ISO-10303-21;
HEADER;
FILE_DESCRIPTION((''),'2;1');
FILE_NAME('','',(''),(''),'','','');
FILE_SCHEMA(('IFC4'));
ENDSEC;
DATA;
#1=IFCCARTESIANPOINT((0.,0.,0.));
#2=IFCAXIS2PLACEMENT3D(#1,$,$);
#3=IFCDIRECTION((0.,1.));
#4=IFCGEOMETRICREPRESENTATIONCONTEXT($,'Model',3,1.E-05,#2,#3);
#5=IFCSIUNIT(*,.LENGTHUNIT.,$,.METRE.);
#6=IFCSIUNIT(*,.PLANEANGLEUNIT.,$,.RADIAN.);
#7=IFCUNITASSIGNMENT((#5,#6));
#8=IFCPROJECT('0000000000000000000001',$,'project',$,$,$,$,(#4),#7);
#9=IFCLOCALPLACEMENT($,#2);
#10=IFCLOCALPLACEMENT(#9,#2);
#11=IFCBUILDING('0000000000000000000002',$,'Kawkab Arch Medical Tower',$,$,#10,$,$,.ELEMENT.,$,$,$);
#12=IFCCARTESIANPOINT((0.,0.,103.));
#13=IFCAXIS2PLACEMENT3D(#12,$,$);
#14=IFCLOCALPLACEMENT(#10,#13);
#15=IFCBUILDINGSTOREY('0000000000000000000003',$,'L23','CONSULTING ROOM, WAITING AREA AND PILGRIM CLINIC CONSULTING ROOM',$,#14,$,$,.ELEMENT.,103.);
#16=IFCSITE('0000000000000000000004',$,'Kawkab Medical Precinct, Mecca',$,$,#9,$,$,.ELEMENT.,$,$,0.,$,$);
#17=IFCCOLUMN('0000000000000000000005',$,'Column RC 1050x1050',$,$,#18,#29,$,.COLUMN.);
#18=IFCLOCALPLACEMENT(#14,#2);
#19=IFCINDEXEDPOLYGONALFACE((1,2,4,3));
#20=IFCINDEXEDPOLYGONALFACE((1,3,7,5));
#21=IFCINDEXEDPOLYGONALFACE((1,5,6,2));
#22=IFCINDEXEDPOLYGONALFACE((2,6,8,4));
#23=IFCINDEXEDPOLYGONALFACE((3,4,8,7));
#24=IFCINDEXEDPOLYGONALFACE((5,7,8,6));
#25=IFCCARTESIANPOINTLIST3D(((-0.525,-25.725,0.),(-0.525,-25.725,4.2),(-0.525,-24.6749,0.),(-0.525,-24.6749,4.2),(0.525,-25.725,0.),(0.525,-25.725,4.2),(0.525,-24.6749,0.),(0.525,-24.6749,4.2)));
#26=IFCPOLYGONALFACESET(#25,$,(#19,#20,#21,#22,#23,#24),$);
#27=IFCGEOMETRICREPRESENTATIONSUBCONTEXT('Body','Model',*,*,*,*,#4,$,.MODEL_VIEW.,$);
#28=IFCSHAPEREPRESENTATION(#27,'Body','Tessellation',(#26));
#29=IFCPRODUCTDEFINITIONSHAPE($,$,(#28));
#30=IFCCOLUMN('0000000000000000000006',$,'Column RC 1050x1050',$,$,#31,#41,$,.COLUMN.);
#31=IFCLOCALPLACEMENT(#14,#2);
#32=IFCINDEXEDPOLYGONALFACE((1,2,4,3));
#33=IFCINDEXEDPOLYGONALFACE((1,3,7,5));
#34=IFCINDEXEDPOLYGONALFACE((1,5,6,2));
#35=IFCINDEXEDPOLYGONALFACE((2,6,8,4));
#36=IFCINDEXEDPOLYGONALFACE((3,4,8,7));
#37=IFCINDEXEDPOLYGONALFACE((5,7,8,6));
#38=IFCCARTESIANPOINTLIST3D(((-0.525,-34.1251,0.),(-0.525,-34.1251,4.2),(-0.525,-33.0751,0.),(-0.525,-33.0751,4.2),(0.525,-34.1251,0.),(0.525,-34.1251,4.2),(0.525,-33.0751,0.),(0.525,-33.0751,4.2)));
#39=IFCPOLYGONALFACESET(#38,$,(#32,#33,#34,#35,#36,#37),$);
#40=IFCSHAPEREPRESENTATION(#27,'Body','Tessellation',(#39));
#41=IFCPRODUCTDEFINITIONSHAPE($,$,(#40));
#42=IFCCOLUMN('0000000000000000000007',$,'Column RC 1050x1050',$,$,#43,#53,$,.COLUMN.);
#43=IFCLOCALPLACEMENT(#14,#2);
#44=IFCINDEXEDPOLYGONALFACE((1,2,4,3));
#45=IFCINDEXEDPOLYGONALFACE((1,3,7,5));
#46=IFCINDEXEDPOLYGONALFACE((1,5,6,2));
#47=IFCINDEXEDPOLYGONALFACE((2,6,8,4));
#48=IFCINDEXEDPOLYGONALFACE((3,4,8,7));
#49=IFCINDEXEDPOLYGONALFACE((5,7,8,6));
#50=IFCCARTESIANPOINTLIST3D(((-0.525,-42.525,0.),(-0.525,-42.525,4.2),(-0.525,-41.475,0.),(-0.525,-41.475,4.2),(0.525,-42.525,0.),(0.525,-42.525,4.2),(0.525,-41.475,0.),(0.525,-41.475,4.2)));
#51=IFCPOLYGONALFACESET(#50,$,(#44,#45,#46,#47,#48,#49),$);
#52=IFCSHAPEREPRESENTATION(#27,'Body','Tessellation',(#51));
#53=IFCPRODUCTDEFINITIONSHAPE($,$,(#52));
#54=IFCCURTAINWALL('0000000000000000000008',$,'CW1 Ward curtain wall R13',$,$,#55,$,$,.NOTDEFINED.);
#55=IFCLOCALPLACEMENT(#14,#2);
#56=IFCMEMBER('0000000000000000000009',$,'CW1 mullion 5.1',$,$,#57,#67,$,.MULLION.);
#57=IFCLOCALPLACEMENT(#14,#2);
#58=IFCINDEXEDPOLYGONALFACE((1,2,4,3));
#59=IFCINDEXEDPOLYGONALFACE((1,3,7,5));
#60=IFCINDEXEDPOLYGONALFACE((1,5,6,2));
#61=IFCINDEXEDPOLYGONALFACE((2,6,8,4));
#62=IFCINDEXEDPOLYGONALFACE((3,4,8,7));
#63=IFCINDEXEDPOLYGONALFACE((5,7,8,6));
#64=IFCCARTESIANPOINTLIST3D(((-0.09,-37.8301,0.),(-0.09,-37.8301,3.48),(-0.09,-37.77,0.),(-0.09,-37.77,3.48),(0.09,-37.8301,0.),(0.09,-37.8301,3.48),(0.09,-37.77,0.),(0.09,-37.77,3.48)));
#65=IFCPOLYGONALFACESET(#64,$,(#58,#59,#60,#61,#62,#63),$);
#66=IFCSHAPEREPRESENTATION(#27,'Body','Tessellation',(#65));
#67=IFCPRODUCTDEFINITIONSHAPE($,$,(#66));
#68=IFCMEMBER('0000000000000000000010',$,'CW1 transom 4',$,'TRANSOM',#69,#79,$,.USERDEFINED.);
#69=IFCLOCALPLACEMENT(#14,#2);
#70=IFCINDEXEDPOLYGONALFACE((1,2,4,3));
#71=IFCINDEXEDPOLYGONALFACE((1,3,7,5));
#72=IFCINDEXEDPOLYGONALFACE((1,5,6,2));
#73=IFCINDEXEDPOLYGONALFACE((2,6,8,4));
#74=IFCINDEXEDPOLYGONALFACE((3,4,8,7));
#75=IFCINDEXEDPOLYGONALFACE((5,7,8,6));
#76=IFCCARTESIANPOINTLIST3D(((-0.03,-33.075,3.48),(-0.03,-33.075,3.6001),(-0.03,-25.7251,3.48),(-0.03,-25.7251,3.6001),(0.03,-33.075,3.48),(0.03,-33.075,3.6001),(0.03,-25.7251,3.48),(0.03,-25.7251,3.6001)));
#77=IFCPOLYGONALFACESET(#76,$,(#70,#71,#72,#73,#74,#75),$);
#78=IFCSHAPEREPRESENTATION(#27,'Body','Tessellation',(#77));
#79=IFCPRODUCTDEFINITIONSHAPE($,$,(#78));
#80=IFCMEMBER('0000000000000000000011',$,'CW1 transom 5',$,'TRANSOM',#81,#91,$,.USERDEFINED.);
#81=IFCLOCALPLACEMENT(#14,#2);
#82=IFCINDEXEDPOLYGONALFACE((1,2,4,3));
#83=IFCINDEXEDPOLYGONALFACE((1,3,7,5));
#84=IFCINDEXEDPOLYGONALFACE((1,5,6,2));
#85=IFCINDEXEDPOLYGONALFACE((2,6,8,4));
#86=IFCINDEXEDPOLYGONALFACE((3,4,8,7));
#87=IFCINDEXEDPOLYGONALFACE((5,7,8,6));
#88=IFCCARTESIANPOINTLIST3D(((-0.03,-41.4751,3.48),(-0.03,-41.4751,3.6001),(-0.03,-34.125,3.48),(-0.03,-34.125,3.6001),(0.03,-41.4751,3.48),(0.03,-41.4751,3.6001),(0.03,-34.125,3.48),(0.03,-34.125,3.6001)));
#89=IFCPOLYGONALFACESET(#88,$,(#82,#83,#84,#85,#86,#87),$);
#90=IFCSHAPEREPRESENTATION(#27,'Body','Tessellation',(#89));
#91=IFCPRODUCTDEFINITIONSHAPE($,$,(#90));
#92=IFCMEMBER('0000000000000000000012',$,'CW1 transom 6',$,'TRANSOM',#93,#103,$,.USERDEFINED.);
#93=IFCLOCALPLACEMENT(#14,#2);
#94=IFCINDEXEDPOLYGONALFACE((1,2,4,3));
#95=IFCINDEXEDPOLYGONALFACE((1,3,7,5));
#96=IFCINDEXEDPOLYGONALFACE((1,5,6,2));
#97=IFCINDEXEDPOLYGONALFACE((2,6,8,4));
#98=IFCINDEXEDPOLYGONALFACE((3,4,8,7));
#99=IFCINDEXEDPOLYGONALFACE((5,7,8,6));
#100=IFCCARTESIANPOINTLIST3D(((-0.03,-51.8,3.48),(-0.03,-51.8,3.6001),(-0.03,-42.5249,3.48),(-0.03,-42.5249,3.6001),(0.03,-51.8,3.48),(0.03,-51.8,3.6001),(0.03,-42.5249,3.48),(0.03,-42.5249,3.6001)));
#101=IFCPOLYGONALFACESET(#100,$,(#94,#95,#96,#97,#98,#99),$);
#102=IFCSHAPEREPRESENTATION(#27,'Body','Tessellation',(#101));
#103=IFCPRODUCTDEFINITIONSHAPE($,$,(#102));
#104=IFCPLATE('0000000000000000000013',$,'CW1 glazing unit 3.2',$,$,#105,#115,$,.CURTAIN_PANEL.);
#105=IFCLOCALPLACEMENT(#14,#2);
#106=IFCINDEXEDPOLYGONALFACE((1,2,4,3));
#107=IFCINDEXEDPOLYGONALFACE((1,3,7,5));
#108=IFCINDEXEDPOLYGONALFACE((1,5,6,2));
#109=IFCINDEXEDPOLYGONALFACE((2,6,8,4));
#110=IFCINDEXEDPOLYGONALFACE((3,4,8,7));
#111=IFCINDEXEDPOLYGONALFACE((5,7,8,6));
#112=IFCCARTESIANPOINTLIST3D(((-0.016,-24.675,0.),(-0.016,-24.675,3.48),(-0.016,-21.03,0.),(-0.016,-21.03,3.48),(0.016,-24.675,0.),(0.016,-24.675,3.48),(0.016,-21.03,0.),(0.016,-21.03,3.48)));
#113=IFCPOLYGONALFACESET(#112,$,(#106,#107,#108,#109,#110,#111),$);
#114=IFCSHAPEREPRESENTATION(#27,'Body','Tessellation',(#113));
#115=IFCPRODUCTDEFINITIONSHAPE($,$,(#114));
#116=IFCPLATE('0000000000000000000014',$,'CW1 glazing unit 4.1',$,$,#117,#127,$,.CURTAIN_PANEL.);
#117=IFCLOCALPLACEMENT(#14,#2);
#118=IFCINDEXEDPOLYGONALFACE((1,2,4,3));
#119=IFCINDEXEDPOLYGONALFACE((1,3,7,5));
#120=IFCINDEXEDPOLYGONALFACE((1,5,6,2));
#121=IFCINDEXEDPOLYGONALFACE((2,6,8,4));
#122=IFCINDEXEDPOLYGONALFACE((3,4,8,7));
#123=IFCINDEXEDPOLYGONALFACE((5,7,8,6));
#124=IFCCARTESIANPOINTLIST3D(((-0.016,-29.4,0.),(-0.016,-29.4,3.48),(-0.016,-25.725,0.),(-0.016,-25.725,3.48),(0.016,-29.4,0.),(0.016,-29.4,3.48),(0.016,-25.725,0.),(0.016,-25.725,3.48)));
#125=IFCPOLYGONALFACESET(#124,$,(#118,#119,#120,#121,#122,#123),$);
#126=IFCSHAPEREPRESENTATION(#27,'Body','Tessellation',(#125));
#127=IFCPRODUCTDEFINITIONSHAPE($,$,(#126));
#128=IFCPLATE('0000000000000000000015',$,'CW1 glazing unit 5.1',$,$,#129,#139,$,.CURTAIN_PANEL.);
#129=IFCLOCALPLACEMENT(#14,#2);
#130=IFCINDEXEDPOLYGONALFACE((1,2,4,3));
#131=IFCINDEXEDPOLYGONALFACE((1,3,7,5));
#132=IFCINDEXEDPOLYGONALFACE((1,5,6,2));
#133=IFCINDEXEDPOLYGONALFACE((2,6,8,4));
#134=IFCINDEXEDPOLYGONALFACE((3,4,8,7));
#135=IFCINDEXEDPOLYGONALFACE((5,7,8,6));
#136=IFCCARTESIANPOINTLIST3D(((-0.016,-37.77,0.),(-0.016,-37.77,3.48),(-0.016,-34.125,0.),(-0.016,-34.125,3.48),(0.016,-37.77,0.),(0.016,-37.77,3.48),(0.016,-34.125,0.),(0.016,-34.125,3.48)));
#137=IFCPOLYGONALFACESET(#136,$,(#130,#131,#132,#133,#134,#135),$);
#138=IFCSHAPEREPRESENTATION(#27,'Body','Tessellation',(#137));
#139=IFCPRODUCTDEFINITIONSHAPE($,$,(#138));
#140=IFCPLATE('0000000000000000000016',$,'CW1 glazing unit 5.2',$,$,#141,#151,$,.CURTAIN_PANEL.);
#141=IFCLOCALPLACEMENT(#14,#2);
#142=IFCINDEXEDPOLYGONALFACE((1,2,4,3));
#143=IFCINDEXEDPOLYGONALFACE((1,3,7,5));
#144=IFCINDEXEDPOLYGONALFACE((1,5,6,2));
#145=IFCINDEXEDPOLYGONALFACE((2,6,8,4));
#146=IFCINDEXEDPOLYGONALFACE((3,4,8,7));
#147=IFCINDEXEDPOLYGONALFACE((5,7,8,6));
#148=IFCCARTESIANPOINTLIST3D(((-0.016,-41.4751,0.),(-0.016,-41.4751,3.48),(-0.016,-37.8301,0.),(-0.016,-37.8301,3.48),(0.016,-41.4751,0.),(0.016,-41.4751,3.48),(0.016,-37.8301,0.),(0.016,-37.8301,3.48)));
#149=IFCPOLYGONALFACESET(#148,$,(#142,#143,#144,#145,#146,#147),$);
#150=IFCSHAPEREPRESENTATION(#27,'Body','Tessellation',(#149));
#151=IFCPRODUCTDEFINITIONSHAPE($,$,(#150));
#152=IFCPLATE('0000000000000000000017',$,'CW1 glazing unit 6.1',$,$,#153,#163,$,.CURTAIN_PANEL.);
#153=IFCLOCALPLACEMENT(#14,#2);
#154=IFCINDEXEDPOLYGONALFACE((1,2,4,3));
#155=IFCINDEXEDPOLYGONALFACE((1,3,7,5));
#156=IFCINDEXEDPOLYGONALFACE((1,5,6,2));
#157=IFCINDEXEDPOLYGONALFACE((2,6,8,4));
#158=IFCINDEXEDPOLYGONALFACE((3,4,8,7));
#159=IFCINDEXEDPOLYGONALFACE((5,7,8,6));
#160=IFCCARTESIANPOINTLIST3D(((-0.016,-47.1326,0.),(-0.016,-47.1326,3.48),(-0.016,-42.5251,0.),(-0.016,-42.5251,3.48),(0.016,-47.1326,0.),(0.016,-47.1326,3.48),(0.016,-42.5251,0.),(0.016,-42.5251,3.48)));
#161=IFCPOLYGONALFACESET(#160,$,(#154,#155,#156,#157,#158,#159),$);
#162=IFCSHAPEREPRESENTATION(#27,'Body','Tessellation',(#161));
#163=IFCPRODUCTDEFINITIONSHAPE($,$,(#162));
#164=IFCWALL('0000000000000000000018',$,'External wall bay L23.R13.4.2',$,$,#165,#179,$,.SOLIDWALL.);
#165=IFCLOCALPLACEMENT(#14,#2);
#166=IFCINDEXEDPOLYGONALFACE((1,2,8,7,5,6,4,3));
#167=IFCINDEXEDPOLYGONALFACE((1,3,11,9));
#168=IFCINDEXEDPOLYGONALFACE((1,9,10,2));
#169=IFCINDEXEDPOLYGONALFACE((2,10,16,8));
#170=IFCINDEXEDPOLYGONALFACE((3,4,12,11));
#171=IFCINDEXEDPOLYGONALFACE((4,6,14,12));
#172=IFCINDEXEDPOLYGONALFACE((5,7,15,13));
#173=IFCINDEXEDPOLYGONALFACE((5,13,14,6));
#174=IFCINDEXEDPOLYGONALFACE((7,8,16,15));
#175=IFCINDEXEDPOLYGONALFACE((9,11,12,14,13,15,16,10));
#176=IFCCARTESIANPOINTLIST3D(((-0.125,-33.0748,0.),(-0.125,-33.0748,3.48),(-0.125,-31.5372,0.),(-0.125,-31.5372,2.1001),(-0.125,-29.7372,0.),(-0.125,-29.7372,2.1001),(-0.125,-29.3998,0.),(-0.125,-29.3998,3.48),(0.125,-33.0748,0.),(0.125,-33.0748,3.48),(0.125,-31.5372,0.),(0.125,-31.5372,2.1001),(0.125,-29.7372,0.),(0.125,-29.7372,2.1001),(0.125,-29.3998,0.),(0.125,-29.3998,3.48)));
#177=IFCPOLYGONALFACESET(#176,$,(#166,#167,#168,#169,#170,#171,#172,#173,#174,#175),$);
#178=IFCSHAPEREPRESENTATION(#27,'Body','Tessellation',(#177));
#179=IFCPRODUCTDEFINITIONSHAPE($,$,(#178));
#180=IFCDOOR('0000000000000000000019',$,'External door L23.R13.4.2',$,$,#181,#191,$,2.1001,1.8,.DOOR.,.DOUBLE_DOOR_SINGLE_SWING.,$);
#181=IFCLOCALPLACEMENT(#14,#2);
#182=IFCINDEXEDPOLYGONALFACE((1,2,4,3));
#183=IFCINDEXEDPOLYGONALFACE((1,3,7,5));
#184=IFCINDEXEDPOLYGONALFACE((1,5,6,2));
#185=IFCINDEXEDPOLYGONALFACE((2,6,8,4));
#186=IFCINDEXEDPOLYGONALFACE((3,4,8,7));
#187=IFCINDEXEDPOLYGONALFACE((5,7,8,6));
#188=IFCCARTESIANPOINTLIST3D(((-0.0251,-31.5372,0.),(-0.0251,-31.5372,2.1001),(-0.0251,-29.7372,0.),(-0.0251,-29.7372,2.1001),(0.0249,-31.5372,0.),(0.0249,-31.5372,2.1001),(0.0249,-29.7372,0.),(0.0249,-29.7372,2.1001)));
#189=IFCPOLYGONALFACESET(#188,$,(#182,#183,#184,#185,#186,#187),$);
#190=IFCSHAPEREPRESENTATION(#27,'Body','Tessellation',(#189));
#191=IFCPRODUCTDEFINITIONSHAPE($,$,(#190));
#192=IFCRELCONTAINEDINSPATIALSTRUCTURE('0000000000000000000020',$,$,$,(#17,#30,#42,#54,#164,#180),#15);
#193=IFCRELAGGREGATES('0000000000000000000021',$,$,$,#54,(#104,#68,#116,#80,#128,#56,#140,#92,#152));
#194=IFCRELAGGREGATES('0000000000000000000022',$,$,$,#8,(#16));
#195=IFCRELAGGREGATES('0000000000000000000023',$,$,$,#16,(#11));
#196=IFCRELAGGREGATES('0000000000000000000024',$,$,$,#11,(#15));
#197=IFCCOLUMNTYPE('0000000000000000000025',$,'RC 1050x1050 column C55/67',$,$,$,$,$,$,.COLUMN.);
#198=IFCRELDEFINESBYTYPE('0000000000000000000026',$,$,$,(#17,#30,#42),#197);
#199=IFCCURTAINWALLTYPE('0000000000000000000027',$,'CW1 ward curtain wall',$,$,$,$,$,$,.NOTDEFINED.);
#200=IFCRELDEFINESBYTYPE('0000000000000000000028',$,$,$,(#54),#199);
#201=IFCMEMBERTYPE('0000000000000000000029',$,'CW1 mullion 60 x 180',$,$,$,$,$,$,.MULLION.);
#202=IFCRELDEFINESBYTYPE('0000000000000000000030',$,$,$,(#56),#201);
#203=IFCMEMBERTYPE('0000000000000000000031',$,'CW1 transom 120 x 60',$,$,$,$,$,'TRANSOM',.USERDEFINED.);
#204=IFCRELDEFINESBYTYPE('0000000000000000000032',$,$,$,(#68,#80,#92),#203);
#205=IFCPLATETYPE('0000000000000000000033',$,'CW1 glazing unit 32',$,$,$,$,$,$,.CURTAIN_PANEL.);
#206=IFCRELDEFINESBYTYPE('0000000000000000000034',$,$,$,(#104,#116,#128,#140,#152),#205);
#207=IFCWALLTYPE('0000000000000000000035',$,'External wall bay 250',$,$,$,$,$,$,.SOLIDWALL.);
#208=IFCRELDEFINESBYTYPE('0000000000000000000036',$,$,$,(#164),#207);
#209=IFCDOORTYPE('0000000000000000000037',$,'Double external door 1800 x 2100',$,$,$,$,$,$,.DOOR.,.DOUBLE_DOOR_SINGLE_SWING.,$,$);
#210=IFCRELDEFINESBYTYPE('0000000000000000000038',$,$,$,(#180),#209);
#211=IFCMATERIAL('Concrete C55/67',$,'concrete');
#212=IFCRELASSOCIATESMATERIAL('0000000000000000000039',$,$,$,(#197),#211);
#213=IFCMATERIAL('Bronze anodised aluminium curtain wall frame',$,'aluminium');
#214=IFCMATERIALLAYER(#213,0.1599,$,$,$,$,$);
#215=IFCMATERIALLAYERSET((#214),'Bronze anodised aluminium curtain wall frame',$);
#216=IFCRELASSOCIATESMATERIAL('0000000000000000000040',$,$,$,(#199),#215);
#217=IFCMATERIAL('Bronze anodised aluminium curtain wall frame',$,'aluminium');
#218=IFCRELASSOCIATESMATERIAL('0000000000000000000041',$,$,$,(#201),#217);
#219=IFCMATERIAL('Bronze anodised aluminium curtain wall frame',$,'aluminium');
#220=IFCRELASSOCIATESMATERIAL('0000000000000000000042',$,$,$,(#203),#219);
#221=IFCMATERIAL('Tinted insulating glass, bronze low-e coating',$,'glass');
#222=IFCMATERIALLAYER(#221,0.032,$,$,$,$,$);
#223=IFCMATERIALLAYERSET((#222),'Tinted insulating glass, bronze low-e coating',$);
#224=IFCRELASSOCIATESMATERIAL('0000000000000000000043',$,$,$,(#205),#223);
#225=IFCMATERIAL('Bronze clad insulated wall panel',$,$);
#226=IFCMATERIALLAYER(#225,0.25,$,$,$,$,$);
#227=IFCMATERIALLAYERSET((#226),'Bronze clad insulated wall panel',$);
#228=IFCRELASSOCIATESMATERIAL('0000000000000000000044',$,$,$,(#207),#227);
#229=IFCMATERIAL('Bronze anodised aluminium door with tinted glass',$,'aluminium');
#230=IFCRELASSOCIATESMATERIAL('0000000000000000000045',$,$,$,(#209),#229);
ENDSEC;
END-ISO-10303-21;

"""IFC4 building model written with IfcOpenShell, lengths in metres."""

from ifc_helpers import new_model, si_unit, direction, frame, frame_2d, origin, origin_2d, place, context, subcontext, project, spatial, rectangle, extrude, material, layer, layer_set, material_profile, profile_set, type_object, element, fill, aggregate, save


model = new_model("IFC4")

# Units and contexts
model_context = context("Model", 3, precision=1e-05, world=origin(), true_north=direction((0.0, 1.0)))
body_context = subcontext(model_context, "Body", "Model", "MODEL_VIEW")
ifc_project = project(units=[si_unit("LENGTHUNIT", "METRE"), si_unit("PLANEANGLEUNIT", "RADIAN")], contexts=[model_context])

# Site, building, storey
site_placement = place(None, origin())
site = spatial("IfcSite", under=ifc_project, at=site_placement, Name="Kawkab Medical Precinct, Mecca", CompositionType="ELEMENT", RefElevation=0.0)
building_placement = place(site_placement, origin())
building = spatial("IfcBuilding", under=site, at=building_placement, Name="Kawkab Arch Medical Tower", CompositionType="ELEMENT")
storey_placement = place(building_placement, frame((0.0, 0.0, 103.0)))
storey = spatial("IfcBuildingStorey", under=building, at=storey_placement, Name="L23", Description="CONSULTING ROOM, WAITING AREA AND PILGRIM CLINIC CONSULTING ROOM", CompositionType="ELEMENT", Elevation=103.0)

# Columns
ifc_material_1 = material(Name="Concrete C55/67", Category="concrete")
ifc_material_profile_1 = material_profile(ifc_material_1, rectangle(XDim=1.05, YDim=1.05, at=origin_2d()), Name="RC 1050x1050")
ifc_profile_set_1 = profile_set([ifc_material_profile_1], Name="Concrete C55/67")
column_type = type_object("IfcColumnType", Name="RC 1050x1050 column C55/67", PredefinedType="COLUMN", material=ifc_profile_set_1)
for number, where, z_axis, x_axis, name in (
    (1, (0.0, -25.2, 0.0), (0.0, 0.0, 1.0), (1.0, 0.0, 0.0), "Column RC 1050x1050"),
    (2, (0.0, -33.6001, 0.0), (0.0, 0.0, 1.0), (1.0, 0.0, 0.0), "Column RC 1050x1050"),
    (3, (0.0, -42.0, 0.0), (0.0, 0.0, 1.0), (1.0, 0.0, 0.0), "Column RC 1050x1050"),
):
    element("IfcColumn", number, at=place(storey_placement, frame(where, z_axis=z_axis, x_axis=x_axis)), inside=storey, type_object=column_type, Name=name, PredefinedType="COLUMN", context=body_context, shape_type="SweptSolid", body=[
        extrude(rectangle(XDim=1.05, YDim=1.05, at=origin_2d()), origin(), (0.0, 0.0, 1.0), 4.2),
    ])

# Curtain wall, members, plates
ifc_material_2 = material(Name="Bronze anodised aluminium curtain wall frame", Category="aluminium")
ifc_layer_1 = layer(ifc_material_2, 0.1599)
ifc_layer_set_1 = layer_set([ifc_layer_1], Name="Bronze anodised aluminium curtain wall frame")
curtain_wall_type = type_object("IfcCurtainWallType", Name="CW1 ward curtain wall", PredefinedType="NOTDEFINED", material=ifc_layer_set_1)
placement = place(storey_placement, origin())
curtain_wall = element("IfcCurtainWall", 4, at=placement, inside=storey, type_object=curtain_wall_type, Name="CW1 Ward curtain wall R13", PredefinedType="NOTDEFINED")
ifc_material_3 = material(Name="Bronze anodised aluminium curtain wall frame", Category="aluminium")
ifc_material_profile_2 = material_profile(ifc_material_3, rectangle(XDim=0.1799, YDim=0.0601, at=origin_2d()), Name="AL 60x180")
ifc_profile_set_2 = profile_set([ifc_material_profile_2], Name="Bronze anodised aluminium curtain wall frame")
member_type_1 = type_object("IfcMemberType", Name="CW1 mullion 60 x 180", PredefinedType="MULLION", material=ifc_profile_set_2)
member_1_placement = place(storey_placement, frame((0.0, -37.8, 0.0), z_axis=(0.0, 0.0, 1.0), x_axis=(1.0, 0.0, 0.0)))
member_1 = element("IfcMember", 5, at=member_1_placement, type_object=member_type_1, Name="CW1 mullion 5.1", PredefinedType="MULLION", context=body_context, shape_type="SweptSolid", body=[
    extrude(rectangle(XDim=0.1799, YDim=0.0601, at=origin_2d()), origin(), (0.0, 0.0, 1.0), 3.48),
])
ifc_material_4 = material(Name="Bronze anodised aluminium curtain wall frame", Category="aluminium")
ifc_material_profile_3 = material_profile(ifc_material_4, rectangle(XDim=0.0601, YDim=0.1201, at=origin_2d()), Name="AL 60x120")
ifc_profile_set_3 = profile_set([ifc_material_profile_3], Name="Bronze anodised aluminium curtain wall frame")
member_type_2 = type_object("IfcMemberType", Name="CW1 transom 120 x 60", ElementType="TRANSOM", PredefinedType="USERDEFINED", material=ifc_profile_set_3)
member_2_placement = place(storey_placement, frame((0.0, -25.7251, 3.54), z_axis=(0.0, -1.0, 0.0), x_axis=(1.0, 0.0, 0.0)))
member_2 = element("IfcMember", 6, at=member_2_placement, type_object=member_type_2, Name="CW1 transom 4", ObjectType="TRANSOM", PredefinedType="USERDEFINED", context=body_context, shape_type="SweptSolid", body=[
    extrude(rectangle(XDim=0.0601, YDim=0.1201, at=origin_2d()), origin(), (0.0, 0.0, 1.0), 7.3499),
])
member_3_placement = place(storey_placement, frame((0.0, -34.125, 3.54), z_axis=(0.0, -1.0, 0.0), x_axis=(1.0, 0.0, 0.0)))
member_3 = element("IfcMember", 7, at=member_3_placement, type_object=member_type_2, Name="CW1 transom 5", ObjectType="TRANSOM", PredefinedType="USERDEFINED", context=body_context, shape_type="SweptSolid", body=[
    extrude(rectangle(XDim=0.0601, YDim=0.1201, at=origin_2d()), origin(), (0.0, 0.0, 1.0), 7.3501),
])
member_4_placement = place(storey_placement, frame((0.0, -42.5249, 3.54), z_axis=(0.0, -1.0, 0.0), x_axis=(1.0, 0.0, 0.0)))
member_4 = element("IfcMember", 8, at=member_4_placement, type_object=member_type_2, Name="CW1 transom 6", ObjectType="TRANSOM", PredefinedType="USERDEFINED", context=body_context, shape_type="SweptSolid", body=[
    extrude(rectangle(XDim=0.0601, YDim=0.1201, at=origin_2d()), origin(), (0.0, 0.0, 1.0), 9.2751),
])
ifc_material_5 = material(Name="Tinted insulating glass, bronze low-e coating", Category="glass")
ifc_layer_2 = layer(ifc_material_5, 0.032)
ifc_layer_set_2 = layer_set([ifc_layer_2], Name="Tinted insulating glass, bronze low-e coating")
plate_type = type_object("IfcPlateType", Name="CW1 glazing unit 32", PredefinedType="CURTAIN_PANEL", material=ifc_layer_set_2)
plate_1_placement = place(storey_placement, frame((0.0, -22.8525, 0.0), z_axis=(0.0, 0.0, 1.0), x_axis=(0.0, -1.0, 0.0)))
plate_1 = element("IfcPlate", 9, at=plate_1_placement, type_object=plate_type, Name="CW1 glazing unit 3.2", PredefinedType="CURTAIN_PANEL", context=body_context, shape_type="SweptSolid", body=[
    extrude(rectangle(XDim=3.645, YDim=0.032, at=origin_2d()), origin(), (0.0, 0.0, 1.0), 3.48),
])
plate_2_placement = place(storey_placement, frame((0.0, -27.5625, 0.0), z_axis=(0.0, 0.0, 1.0), x_axis=(0.0, -1.0, 0.0)))
plate_2 = element("IfcPlate", 10, at=plate_2_placement, type_object=plate_type, Name="CW1 glazing unit 4.1", PredefinedType="CURTAIN_PANEL", context=body_context, shape_type="SweptSolid", body=[
    extrude(rectangle(XDim=3.675, YDim=0.032, at=origin_2d()), origin(), (0.0, 0.0, 1.0), 3.48),
])
plate_3_placement = place(storey_placement, frame((0.0, -35.9475, 0.0), z_axis=(0.0, 0.0, 1.0), x_axis=(0.0, -1.0, 0.0)))
plate_3 = element("IfcPlate", 11, at=plate_3_placement, type_object=plate_type, Name="CW1 glazing unit 5.1", PredefinedType="CURTAIN_PANEL", context=body_context, shape_type="SweptSolid", body=[
    extrude(rectangle(XDim=3.645, YDim=0.032, at=origin_2d()), origin(), (0.0, 0.0, 1.0), 3.48),
])
plate_4_placement = place(storey_placement, frame((0.0, -39.6526, 0.0), z_axis=(0.0, 0.0, 1.0), x_axis=(0.0, -1.0, 0.0)))
plate_4 = element("IfcPlate", 12, at=plate_4_placement, type_object=plate_type, Name="CW1 glazing unit 5.2", PredefinedType="CURTAIN_PANEL", context=body_context, shape_type="SweptSolid", body=[
    extrude(rectangle(XDim=3.645, YDim=0.032, at=origin_2d()), origin(), (0.0, 0.0, 1.0), 3.48),
])
plate_5_placement = place(storey_placement, frame((0.0, -44.8289, 0.0), z_axis=(0.0, 0.0, 1.0), x_axis=(0.0, -1.0, 0.0)))
plate_5 = element("IfcPlate", 13, at=plate_5_placement, type_object=plate_type, Name="CW1 glazing unit 6.1", PredefinedType="CURTAIN_PANEL", context=body_context, shape_type="SweptSolid", body=[
    extrude(rectangle(XDim=4.6074, YDim=0.032, at=origin_2d()), origin(), (0.0, 0.0, 1.0), 3.48),
])
aggregate(curtain_wall, [plate_1, member_2, plate_2, member_3, plate_3, member_1, plate_4, member_4, plate_5])

# Wall, opening, door
ifc_material_6 = material(Name="Bronze clad insulated wall panel")
ifc_layer_3 = layer(ifc_material_6, 0.25)
ifc_layer_set_3 = layer_set([ifc_layer_3], Name="Bronze clad insulated wall panel")
wall_type_1 = type_object("IfcWallType", Name="External wall bay 250", PredefinedType="SOLIDWALL", material=ifc_layer_set_3)
wall_1_placement = place(storey_placement, frame((0.0, -29.3999, 0.0), z_axis=(0.0, 0.0, 1.0), x_axis=(0.0, -1.0, 0.0)))
wall_1 = element("IfcWall", 14, at=wall_1_placement, inside=storey, type_object=wall_type_1, Name="External wall bay L23.R13.4.2", PredefinedType="SOLIDWALL", context=body_context, shape_type="SweptSolid", body=[
    extrude(rectangle(XDim=3.675, YDim=0.25, at=frame_2d((1.8374, 0.0))), origin(), (0.0, 0.0, 1.0), 3.48),
])
opening_1_placement = place(wall_1_placement, frame((0.3374, 0.0, 0.0)))
opening_1 = element("IfcOpeningElement", 15, at=opening_1_placement, cuts=wall_1, PredefinedType="OPENING", context=body_context, shape_type="SweptSolid", body=[
    extrude(rectangle(XDim=1.8, YDim=2.1001, at=frame_2d((0.8999, 1.05))), frame((0.0, 0.135, 0.0), z_axis=(0.0, -1.0, 0.0), x_axis=(1.0, 0.0, 0.0)), (0.0, 0.0, 1.0), 0.27),
])
ifc_material_7 = material(Name="Bronze anodised aluminium door with tinted glass", Category="aluminium")
door_type_1 = type_object("IfcDoorType", Name="Double external door 1800 x 2100", OperationType="DOUBLE_DOOR_SINGLE_SWING", PredefinedType="DOOR", material=ifc_material_7)
door_1_placement = place(opening_1_placement, origin())
door_1 = element("IfcDoor", 16, at=door_1_placement, inside=storey, type_object=door_type_1, Name="External door L23.R13.4.2", OperationType="DOUBLE_DOOR_SINGLE_SWING", OverallHeight=2.1001, OverallWidth=1.8, PredefinedType="DOOR", context=body_context, shape_type="SweptSolid", body=[
    extrude(rectangle(XDim=1.8, YDim=2.1001, at=frame_2d((0.8999, 1.05))), frame((0.0, 0.0249, 0.0), z_axis=(0.0, -1.0, 0.0), x_axis=(1.0, 0.0, 0.0)), (0.0, 0.0, 1.0), 0.05),
])
fill(opening_1, door_1)

save(model, "model.ifc")
